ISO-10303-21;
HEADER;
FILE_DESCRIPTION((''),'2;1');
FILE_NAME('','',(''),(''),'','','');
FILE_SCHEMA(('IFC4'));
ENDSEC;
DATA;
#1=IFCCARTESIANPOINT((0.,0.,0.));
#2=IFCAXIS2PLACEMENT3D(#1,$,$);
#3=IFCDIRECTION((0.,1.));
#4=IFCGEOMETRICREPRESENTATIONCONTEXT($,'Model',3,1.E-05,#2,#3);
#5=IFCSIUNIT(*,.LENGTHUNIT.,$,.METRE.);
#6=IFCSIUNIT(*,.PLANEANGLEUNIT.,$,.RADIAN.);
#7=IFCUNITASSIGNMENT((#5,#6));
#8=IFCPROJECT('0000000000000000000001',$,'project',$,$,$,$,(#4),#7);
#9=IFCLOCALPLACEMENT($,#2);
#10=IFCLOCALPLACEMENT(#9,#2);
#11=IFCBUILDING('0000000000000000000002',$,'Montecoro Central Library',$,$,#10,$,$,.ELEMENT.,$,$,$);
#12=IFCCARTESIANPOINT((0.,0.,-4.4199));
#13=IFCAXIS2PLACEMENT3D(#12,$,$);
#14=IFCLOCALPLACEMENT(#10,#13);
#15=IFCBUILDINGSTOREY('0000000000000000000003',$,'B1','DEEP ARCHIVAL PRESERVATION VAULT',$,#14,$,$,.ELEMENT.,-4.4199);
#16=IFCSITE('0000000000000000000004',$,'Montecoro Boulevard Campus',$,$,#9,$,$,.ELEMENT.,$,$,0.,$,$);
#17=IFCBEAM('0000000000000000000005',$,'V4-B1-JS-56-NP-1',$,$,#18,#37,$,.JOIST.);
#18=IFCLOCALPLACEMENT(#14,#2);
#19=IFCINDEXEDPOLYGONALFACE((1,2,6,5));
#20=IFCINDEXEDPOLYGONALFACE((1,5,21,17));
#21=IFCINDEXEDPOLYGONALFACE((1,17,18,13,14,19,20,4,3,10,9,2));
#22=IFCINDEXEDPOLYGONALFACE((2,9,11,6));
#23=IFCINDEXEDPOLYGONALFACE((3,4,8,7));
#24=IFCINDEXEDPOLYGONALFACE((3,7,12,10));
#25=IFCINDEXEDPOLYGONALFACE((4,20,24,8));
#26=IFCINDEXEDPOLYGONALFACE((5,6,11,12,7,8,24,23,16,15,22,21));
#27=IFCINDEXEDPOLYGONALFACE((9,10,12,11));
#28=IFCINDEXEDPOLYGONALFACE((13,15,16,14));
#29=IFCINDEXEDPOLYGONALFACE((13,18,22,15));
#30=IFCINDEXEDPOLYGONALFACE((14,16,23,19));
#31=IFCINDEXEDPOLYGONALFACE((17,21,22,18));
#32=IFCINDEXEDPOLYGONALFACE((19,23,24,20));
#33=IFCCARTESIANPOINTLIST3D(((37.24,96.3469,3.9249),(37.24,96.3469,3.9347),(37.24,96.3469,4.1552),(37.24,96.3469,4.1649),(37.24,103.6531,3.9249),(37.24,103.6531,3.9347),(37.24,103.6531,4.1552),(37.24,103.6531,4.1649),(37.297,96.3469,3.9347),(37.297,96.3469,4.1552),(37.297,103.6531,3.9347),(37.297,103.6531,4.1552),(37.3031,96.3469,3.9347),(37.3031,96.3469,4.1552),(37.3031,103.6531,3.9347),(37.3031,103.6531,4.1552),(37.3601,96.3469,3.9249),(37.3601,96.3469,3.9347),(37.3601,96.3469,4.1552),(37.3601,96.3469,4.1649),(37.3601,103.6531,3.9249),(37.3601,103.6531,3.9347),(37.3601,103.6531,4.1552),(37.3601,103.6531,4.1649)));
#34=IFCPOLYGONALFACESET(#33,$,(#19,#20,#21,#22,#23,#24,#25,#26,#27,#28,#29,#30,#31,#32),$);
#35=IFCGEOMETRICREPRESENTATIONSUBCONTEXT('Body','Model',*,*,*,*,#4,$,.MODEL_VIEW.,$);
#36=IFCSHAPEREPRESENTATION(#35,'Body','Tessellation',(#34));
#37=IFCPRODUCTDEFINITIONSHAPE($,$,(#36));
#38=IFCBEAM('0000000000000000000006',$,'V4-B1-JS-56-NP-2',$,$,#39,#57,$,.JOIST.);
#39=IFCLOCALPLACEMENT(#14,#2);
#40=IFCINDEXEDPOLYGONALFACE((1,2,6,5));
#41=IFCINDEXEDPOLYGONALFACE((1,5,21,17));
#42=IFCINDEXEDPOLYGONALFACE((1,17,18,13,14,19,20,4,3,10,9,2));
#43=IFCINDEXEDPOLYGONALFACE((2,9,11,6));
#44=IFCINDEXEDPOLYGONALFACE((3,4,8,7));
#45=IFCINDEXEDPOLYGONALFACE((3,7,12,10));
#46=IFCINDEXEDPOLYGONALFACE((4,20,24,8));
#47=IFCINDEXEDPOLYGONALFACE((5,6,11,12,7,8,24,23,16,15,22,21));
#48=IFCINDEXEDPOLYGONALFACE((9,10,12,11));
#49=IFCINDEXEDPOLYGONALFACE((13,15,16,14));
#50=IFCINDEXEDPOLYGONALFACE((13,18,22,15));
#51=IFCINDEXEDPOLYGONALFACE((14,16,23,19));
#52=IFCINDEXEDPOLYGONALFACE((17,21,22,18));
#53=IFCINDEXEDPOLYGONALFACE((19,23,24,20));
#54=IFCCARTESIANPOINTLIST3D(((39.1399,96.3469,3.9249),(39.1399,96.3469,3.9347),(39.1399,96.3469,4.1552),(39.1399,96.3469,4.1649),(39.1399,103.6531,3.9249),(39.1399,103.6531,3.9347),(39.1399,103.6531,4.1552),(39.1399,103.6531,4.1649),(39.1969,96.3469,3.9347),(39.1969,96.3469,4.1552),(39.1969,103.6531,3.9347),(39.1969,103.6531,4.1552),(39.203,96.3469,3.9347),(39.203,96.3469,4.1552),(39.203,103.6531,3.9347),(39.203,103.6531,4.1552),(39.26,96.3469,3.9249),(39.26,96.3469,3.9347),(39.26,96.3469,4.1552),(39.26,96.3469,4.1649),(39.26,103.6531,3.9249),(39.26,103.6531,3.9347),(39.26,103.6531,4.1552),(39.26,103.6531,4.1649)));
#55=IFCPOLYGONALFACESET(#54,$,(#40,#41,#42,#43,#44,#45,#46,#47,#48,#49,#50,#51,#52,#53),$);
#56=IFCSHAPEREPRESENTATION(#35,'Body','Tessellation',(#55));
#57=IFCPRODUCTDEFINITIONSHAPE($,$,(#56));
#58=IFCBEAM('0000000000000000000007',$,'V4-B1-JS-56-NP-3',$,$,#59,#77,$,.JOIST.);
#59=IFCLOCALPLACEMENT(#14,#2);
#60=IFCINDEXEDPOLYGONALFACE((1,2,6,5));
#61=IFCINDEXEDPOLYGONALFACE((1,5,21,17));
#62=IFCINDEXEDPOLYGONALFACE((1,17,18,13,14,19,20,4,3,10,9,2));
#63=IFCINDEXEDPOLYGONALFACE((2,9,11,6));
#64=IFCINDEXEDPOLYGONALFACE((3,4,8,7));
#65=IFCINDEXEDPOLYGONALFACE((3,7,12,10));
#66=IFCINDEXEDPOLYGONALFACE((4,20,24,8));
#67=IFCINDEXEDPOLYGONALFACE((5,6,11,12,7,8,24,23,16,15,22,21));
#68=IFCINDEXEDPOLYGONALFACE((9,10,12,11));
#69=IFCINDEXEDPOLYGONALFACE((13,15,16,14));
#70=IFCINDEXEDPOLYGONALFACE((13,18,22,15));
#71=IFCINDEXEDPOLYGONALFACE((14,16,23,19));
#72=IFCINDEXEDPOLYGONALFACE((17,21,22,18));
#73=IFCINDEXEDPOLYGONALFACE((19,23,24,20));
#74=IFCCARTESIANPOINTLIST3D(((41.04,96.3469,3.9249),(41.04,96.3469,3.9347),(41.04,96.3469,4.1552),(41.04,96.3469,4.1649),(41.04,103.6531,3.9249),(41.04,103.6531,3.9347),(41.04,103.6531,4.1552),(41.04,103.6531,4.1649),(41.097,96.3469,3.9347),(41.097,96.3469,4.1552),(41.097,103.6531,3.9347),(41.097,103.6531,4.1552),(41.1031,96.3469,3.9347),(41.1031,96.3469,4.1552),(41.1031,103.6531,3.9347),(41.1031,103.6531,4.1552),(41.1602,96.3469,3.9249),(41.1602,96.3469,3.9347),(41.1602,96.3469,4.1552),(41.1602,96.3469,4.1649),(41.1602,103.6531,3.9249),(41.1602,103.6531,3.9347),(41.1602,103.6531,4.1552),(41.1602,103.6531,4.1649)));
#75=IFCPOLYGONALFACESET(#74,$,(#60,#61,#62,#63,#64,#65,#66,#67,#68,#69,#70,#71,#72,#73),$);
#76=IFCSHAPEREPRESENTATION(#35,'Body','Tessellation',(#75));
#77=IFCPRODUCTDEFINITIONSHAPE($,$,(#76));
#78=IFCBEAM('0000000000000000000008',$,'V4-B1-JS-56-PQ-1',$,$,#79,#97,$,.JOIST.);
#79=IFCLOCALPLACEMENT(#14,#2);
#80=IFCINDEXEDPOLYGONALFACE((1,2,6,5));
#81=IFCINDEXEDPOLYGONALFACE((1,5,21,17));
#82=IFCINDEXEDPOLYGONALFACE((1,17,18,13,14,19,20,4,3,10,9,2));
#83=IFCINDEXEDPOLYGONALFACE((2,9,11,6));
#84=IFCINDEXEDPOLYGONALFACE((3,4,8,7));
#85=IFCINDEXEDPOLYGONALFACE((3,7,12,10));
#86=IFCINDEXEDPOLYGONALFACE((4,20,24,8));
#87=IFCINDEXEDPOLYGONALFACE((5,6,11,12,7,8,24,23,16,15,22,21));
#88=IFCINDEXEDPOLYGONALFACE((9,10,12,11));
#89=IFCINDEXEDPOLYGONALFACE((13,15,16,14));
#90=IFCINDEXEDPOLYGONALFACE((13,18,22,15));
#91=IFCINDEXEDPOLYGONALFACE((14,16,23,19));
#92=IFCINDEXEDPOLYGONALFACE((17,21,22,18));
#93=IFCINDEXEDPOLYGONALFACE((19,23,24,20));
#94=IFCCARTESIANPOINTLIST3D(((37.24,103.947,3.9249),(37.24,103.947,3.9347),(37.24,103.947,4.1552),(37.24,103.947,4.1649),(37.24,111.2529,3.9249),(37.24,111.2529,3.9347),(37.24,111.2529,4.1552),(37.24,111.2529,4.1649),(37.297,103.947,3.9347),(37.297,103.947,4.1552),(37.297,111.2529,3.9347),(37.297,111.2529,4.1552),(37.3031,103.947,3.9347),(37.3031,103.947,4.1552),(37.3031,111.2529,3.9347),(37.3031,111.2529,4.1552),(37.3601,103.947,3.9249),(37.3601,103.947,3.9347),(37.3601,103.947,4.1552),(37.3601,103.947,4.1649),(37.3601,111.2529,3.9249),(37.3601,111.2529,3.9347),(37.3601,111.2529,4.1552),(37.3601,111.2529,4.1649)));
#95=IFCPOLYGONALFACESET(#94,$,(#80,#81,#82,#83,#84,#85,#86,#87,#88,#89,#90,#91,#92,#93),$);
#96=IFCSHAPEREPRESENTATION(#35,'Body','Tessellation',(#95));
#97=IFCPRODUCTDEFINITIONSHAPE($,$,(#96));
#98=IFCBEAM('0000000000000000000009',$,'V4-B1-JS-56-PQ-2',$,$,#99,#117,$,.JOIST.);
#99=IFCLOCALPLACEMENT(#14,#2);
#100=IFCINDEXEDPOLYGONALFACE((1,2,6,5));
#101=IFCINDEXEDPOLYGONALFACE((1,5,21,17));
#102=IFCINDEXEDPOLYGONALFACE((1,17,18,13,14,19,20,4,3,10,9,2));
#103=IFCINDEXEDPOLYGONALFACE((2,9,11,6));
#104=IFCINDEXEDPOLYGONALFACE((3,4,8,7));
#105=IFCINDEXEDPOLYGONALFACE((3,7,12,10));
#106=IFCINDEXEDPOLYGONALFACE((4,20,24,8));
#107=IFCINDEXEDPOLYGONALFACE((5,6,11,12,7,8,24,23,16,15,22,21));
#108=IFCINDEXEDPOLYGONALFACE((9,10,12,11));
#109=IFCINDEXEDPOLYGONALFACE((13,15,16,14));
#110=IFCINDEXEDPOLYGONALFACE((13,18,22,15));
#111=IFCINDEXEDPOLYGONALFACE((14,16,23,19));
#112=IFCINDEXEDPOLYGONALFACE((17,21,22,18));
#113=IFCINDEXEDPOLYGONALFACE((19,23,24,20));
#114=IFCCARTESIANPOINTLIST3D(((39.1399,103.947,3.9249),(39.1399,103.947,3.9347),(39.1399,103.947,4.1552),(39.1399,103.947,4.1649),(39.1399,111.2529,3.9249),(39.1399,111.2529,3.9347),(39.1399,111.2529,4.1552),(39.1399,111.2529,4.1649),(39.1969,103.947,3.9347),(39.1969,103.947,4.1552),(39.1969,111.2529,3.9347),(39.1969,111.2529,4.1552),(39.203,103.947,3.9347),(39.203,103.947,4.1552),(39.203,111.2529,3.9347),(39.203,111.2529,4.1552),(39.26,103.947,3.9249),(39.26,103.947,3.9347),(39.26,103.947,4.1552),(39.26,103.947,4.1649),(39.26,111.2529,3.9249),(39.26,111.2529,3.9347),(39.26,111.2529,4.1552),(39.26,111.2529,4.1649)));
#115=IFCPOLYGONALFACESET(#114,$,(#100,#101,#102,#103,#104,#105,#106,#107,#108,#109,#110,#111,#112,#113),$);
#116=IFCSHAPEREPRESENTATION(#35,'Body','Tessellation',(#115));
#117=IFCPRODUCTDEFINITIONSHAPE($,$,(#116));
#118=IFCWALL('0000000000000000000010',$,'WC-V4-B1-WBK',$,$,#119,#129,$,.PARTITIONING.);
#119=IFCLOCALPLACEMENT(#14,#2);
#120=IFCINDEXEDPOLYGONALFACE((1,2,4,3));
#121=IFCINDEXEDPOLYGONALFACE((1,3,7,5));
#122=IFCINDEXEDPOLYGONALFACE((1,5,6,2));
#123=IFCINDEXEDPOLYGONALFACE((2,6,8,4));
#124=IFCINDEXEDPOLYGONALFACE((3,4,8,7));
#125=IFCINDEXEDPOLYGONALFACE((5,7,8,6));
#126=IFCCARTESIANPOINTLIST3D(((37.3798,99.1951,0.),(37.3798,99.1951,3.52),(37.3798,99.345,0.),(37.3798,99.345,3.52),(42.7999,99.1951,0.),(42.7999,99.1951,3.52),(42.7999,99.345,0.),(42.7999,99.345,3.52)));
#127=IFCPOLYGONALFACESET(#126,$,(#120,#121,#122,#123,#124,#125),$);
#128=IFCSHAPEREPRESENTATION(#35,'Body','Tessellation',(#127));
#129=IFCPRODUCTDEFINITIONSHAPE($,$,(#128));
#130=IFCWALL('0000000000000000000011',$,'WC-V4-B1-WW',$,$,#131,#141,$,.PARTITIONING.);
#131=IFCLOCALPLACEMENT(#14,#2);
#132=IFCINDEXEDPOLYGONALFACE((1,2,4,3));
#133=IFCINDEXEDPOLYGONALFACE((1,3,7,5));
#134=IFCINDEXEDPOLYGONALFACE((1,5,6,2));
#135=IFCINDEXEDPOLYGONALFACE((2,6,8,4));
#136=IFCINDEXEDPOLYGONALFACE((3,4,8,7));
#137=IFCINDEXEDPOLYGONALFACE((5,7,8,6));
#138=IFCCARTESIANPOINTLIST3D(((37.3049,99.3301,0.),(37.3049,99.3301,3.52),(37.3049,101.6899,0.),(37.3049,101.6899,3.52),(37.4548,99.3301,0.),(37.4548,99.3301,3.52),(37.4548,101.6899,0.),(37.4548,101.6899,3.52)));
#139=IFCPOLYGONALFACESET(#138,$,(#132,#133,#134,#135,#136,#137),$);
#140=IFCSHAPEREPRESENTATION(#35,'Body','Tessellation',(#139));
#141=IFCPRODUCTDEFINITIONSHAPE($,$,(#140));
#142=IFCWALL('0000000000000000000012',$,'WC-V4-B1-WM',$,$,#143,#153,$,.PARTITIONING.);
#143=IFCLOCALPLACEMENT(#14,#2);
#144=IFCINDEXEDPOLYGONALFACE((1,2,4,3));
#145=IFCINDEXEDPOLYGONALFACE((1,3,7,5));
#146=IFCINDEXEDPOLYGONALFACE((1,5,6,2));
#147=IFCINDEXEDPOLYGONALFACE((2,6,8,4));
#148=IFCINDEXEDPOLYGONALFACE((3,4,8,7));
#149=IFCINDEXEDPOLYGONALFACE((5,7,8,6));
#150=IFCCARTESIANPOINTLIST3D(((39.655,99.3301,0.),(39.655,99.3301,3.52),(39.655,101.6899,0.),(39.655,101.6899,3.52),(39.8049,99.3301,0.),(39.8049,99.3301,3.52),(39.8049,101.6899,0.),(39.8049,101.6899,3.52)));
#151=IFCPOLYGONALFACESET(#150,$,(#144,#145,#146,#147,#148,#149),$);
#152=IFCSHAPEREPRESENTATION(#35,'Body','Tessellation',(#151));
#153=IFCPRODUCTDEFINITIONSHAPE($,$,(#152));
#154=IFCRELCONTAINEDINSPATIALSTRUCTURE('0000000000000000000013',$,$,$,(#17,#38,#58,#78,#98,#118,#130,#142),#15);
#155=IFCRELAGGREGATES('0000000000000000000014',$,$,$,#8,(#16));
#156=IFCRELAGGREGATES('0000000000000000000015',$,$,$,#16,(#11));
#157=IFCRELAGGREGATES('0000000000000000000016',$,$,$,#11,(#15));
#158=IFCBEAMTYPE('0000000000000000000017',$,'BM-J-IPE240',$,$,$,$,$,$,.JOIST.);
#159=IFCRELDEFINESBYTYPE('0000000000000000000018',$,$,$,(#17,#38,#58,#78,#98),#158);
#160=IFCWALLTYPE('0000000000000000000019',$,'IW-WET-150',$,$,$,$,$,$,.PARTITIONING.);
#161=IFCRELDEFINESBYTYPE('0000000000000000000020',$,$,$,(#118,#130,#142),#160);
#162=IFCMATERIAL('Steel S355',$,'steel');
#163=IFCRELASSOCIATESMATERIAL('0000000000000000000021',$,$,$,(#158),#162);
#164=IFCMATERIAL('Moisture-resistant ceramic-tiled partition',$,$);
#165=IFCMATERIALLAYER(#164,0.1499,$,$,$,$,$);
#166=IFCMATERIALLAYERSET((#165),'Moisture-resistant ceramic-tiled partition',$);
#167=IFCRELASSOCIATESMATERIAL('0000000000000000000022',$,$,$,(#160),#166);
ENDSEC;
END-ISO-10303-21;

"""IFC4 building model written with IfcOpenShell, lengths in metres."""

from ifc_helpers import new_model, si_unit, direction, frame, frame_2d, origin, origin_2d, place, context, subcontext, project, spatial, rectangle, i_section, extrude, material, layer, layer_set, material_profile, profile_set, type_object, element, save


model = new_model("IFC4")

# Units and contexts
model_context = context("Model", 3, precision=1e-05, world=origin(), true_north=direction((0.0, 1.0)))
body_context = subcontext(model_context, "Body", "Model", "MODEL_VIEW")
ifc_project = project(units=[si_unit("LENGTHUNIT", "METRE"), si_unit("PLANEANGLEUNIT", "RADIAN")], contexts=[model_context])

# Site, building, storey
site_placement = place(None, origin())
site = spatial("IfcSite", under=ifc_project, at=site_placement, Name="Montecoro Boulevard Campus", CompositionType="ELEMENT", RefElevation=0.0)
building_placement = place(site_placement, origin())
building = spatial("IfcBuilding", under=site, at=building_placement, Name="Montecoro Central Library", CompositionType="ELEMENT")
storey_placement = place(building_placement, frame((0.0, 0.0, -4.4199)))
storey = spatial("IfcBuildingStorey", under=building, at=storey_placement, Name="B1", Description="DEEP ARCHIVAL PRESERVATION VAULT", CompositionType="ELEMENT", Elevation=-4.4199)

# Beams
ifc_material_1 = material(Name="Steel S355", Category="steel")
ifc_material_profile_1 = material_profile(ifc_material_1, i_section(OverallWidth=0.1201, OverallDepth=0.24, WebThickness=0.0061, FlangeThickness=0.0098, at=origin_2d()), Name="IPE 240")
ifc_profile_set_1 = profile_set([ifc_material_profile_1], Name="Steel S355")
beam_type_1 = type_object("IfcBeamType", Name="BM-J-IPE240", PredefinedType="JOIST", material=ifc_profile_set_1)
for number, where, z_axis, x_axis, name in (
    (1, (37.3, 96.3469, 4.0449), (0.0, 1.0, 0.0), (-1.0, 0.0, 0.0), "V4-B1-JS-56-NP-1"),
    (2, (39.2, 96.3469, 4.0449), (0.0, 1.0, 0.0), (-1.0, 0.0, 0.0), "V4-B1-JS-56-NP-2"),
    (3, (41.1001, 96.3469, 4.0449), (0.0, 1.0, 0.0), (-1.0, 0.0, 0.0), "V4-B1-JS-56-NP-3"),
):
    element("IfcBeam", number, at=place(storey_placement, frame(where, z_axis=z_axis, x_axis=x_axis)), inside=storey, type_object=beam_type_1, Name=name, PredefinedType="JOIST", context=body_context, shape_type="SweptSolid", body=[
        extrude(i_section(OverallWidth=0.1201, OverallDepth=0.24, WebThickness=0.0061, FlangeThickness=0.0098, at=origin_2d()), origin(), (0.0, 0.0, 1.0), 7.3062),
    ])
for number, where, z_axis, x_axis, name in (
    (4, (37.3, 103.947, 4.0449), (0.0, 1.0, 0.0), (-1.0, 0.0, 0.0), "V4-B1-JS-56-PQ-1"),
    (5, (39.2, 103.947, 4.0449), (0.0, 1.0, 0.0), (-1.0, 0.0, 0.0), "V4-B1-JS-56-PQ-2"),
):
    element("IfcBeam", number, at=place(storey_placement, frame(where, z_axis=z_axis, x_axis=x_axis)), inside=storey, type_object=beam_type_1, Name=name, PredefinedType="JOIST", context=body_context, shape_type="SweptSolid", body=[
        extrude(i_section(OverallWidth=0.1201, OverallDepth=0.24, WebThickness=0.0061, FlangeThickness=0.0098, at=origin_2d()), origin(), (0.0, 0.0, 1.0), 7.3059),
    ])

# Walls
ifc_material_2 = material(Name="Moisture-resistant ceramic-tiled partition")
ifc_layer = layer(ifc_material_2, 0.1499)
ifc_layer_set = layer_set([ifc_layer], Name="Moisture-resistant ceramic-tiled partition")
wall_type = type_object("IfcWallType", Name="IW-WET-150", PredefinedType="PARTITIONING", material=ifc_layer_set)
wall_1_placement = place(storey_placement, frame((37.3799, 99.27, 0.0), z_axis=(0.0, 0.0, 1.0), x_axis=(1.0, 0.0, 0.0)))
element("IfcWall", 6, at=wall_1_placement, inside=storey, type_object=wall_type, Name="WC-V4-B1-WBK", PredefinedType="PARTITIONING", context=body_context, shape_type="SweptSolid", body=[
    extrude(rectangle(XDim=5.4202, YDim=0.1499, at=frame_2d((2.71, 0.0))), origin(), (0.0, 0.0, 1.0), 3.52),
])
for number, where, z_axis, x_axis, name in (
    (7, (37.3799, 99.3301, 0.0), (0.0, 0.0, 1.0), (0.0, 1.0, 0.0), "WC-V4-B1-WW"),
    (8, (39.73, 99.3301, 0.0), (0.0, 0.0, 1.0), (0.0, 1.0, 0.0), "WC-V4-B1-WM"),
):
    element("IfcWall", number, at=place(storey_placement, frame(where, z_axis=z_axis, x_axis=x_axis)), inside=storey, type_object=wall_type, Name=name, PredefinedType="PARTITIONING", context=body_context, shape_type="SweptSolid", body=[
        extrude(rectangle(XDim=2.3599, YDim=0.1499, at=frame_2d((1.1799, 0.0))), origin(), (0.0, 0.0, 1.0), 3.52),
    ])

save(model, "model.ifc")
